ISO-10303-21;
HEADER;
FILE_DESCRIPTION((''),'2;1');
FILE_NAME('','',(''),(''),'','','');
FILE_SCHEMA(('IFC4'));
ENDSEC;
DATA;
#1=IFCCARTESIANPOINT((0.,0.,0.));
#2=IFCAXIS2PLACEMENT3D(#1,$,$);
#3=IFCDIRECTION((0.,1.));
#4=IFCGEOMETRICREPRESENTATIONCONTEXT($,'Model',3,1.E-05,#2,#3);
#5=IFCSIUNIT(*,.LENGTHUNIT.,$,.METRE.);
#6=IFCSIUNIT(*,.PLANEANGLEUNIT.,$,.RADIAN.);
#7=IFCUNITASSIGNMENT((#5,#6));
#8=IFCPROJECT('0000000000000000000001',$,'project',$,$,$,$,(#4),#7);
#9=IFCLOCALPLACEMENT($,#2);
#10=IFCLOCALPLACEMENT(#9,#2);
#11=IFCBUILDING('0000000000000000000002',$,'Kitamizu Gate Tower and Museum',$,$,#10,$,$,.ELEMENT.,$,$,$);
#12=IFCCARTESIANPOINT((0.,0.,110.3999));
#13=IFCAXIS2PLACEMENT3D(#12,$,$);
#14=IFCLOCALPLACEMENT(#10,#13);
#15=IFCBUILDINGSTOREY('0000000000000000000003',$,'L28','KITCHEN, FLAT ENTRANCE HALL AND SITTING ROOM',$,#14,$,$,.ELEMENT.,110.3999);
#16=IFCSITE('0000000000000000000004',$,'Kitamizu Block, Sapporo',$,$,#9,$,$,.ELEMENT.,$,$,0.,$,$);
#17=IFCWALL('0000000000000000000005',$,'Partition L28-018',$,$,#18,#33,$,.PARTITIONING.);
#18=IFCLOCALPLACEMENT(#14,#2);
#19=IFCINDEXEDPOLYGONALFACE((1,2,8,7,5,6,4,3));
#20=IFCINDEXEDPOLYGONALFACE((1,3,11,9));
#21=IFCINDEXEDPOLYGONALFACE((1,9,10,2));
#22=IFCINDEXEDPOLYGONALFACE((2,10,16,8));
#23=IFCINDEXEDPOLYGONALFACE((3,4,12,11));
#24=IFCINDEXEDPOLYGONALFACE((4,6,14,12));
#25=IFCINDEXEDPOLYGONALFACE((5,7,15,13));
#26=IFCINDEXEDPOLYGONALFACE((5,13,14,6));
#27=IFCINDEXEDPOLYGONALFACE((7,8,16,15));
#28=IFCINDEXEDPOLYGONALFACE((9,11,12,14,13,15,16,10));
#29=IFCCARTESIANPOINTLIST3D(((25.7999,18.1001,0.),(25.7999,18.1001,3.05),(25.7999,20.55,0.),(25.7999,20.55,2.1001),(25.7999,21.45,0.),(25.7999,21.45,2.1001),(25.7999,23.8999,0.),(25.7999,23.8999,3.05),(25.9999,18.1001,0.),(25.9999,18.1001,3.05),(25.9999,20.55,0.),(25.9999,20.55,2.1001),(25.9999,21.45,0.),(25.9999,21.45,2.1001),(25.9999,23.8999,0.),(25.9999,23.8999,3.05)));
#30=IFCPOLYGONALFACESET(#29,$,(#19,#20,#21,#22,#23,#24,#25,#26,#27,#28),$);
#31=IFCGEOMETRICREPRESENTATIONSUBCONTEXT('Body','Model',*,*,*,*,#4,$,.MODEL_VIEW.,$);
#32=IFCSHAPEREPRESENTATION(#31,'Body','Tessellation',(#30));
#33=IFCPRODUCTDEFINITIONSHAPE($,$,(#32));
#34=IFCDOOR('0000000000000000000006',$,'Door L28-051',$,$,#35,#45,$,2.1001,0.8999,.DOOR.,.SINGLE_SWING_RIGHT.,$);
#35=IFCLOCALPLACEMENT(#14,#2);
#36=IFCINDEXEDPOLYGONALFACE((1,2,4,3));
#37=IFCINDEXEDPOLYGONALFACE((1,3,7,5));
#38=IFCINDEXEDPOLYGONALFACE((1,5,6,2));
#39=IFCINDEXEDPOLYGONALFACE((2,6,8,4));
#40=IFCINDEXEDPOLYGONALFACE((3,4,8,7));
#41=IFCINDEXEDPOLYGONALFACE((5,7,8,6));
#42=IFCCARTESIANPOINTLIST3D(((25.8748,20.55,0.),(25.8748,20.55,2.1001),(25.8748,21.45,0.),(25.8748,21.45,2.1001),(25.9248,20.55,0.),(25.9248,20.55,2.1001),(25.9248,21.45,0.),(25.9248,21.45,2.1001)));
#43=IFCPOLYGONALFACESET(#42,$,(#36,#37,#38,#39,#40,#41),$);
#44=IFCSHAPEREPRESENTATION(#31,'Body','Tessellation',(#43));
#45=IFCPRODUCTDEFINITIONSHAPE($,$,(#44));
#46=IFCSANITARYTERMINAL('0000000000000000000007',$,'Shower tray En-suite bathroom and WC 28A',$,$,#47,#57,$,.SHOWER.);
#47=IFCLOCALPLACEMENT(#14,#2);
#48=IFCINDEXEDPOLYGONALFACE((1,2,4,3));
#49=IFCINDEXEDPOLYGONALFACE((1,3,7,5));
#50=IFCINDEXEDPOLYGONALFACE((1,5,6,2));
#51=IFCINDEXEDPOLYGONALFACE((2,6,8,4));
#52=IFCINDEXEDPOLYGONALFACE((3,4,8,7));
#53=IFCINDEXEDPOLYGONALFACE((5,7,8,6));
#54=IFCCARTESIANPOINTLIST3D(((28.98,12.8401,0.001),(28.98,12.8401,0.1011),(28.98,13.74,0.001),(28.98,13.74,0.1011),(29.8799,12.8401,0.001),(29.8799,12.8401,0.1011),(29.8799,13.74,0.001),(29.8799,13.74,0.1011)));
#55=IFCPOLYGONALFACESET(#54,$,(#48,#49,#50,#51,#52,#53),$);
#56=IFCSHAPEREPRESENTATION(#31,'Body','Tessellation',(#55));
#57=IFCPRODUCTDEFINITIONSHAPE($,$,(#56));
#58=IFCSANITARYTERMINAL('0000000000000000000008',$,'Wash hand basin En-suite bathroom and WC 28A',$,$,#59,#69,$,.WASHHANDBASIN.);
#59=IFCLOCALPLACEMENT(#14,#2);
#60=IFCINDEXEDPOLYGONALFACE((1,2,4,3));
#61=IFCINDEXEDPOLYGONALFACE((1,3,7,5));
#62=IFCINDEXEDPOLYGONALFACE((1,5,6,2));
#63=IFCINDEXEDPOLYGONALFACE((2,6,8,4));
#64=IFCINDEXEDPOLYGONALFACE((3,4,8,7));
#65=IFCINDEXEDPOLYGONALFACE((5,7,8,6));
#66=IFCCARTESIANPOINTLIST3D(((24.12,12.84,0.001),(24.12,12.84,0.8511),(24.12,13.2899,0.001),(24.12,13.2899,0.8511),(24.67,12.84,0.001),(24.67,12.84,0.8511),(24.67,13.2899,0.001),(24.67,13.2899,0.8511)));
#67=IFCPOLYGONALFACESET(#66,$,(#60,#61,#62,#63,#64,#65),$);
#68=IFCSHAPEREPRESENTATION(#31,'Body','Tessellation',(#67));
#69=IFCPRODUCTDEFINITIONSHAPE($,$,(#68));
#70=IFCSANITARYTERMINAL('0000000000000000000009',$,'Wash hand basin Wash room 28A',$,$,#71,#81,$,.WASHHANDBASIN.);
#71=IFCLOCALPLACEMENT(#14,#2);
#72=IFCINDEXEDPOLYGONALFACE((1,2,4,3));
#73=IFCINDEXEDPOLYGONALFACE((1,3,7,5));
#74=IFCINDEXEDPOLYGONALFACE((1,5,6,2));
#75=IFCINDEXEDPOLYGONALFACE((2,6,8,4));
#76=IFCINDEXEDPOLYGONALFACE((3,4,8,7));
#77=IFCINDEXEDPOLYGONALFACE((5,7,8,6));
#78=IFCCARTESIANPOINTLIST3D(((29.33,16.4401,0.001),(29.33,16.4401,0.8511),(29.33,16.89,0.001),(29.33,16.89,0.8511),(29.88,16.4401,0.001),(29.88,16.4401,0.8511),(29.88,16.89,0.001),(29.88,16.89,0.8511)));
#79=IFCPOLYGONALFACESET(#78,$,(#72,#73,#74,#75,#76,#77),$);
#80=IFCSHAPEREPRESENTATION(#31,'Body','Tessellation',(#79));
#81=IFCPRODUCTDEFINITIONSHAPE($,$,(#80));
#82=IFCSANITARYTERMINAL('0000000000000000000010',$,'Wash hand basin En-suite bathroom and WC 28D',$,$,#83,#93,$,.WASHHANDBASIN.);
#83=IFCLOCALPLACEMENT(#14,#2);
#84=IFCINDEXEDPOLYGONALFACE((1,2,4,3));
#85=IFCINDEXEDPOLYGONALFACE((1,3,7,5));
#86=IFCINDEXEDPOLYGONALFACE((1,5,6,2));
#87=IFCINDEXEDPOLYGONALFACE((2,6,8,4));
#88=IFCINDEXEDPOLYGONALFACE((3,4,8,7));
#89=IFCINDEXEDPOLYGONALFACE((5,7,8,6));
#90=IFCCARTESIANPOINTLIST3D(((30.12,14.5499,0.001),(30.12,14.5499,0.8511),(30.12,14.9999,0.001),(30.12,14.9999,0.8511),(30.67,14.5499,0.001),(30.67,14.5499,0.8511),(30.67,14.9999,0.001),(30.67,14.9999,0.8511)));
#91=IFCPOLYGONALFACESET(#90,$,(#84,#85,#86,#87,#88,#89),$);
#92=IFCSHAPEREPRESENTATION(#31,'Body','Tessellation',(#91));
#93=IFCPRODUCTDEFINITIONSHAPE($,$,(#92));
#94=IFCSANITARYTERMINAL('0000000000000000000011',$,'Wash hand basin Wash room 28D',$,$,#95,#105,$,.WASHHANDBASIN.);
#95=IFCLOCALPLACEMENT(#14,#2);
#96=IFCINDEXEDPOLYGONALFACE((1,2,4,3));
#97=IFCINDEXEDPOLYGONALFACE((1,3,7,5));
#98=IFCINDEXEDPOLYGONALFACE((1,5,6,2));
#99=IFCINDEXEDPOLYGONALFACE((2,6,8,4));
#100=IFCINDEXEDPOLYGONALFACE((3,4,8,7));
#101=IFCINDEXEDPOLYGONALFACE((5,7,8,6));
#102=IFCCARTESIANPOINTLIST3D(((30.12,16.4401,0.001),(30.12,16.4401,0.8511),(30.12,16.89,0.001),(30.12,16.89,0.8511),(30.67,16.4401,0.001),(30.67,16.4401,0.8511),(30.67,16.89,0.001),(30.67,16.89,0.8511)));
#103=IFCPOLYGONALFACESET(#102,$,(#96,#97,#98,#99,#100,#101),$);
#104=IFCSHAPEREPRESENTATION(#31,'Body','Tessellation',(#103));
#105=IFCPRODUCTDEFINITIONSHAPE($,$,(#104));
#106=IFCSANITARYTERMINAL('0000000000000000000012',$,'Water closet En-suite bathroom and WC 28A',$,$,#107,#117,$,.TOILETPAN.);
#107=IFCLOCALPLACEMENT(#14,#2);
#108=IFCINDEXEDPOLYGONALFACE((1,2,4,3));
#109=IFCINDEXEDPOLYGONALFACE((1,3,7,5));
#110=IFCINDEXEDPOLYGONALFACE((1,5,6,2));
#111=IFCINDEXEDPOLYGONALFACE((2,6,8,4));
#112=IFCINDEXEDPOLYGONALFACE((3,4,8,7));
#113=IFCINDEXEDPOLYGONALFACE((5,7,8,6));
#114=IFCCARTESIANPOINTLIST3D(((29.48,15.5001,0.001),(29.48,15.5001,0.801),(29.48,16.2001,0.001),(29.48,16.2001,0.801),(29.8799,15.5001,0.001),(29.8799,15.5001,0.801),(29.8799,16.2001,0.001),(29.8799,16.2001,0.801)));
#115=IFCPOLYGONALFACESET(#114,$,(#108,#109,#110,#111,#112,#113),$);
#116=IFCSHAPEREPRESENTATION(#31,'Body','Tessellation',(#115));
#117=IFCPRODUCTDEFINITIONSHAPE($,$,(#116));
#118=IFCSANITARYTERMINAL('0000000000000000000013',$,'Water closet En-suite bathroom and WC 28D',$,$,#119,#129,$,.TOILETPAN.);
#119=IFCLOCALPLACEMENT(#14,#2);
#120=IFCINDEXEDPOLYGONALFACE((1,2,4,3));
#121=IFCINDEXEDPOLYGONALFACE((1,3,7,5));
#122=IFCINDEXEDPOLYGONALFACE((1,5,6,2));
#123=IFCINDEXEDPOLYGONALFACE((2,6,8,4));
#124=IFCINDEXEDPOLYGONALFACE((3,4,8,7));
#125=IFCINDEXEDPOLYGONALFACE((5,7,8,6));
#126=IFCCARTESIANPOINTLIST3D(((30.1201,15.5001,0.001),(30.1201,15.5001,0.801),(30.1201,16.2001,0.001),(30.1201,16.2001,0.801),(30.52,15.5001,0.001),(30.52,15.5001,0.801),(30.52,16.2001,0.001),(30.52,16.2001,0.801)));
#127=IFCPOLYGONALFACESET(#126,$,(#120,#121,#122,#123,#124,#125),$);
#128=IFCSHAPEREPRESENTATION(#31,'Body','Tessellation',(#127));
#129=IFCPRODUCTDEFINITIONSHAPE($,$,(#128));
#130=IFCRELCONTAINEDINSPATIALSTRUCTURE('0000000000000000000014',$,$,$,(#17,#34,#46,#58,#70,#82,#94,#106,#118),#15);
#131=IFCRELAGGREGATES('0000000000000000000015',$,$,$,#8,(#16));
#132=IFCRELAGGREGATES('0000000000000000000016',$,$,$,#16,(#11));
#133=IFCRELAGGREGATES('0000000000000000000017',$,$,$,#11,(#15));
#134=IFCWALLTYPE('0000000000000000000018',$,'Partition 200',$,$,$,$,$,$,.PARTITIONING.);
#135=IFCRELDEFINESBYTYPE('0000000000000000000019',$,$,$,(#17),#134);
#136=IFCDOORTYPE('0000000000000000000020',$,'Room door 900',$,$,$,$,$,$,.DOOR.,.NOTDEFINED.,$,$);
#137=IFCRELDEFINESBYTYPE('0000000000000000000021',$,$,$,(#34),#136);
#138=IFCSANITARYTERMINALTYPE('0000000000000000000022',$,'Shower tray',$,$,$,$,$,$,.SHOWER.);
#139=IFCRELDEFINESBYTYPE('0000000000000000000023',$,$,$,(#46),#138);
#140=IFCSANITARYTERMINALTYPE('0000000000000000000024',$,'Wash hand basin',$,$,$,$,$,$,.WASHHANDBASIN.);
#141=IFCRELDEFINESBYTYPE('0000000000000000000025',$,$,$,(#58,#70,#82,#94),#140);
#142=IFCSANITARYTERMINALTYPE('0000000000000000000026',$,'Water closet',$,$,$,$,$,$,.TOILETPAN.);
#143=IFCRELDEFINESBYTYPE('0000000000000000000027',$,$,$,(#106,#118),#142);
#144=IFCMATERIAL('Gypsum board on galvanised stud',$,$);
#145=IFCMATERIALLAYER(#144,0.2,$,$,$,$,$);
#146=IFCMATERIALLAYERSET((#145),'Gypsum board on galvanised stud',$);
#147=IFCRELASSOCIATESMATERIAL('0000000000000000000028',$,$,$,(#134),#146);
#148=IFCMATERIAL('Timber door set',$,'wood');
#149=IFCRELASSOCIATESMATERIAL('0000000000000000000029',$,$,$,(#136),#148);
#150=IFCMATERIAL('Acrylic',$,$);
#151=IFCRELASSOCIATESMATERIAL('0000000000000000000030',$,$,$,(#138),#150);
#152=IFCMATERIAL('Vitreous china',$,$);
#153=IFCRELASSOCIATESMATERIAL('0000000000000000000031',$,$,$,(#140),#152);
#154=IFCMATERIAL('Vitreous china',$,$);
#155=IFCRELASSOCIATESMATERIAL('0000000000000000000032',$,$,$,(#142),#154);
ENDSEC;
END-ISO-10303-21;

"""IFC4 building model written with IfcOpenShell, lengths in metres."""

from ifc_helpers import new_model, si_unit, direction, frame, frame_2d, origin, origin_2d, place, context, subcontext, project, spatial, rectangle, extrude, material, layer, layer_set, type_object, element, fill, save


model = new_model("IFC4")

# Units and contexts
model_context = context("Model", 3, precision=1e-05, world=origin(), true_north=direction((0.0, 1.0)))
body_context = subcontext(model_context, "Body", "Model", "MODEL_VIEW")
ifc_project = project(units=[si_unit("LENGTHUNIT", "METRE"), si_unit("PLANEANGLEUNIT", "RADIAN")], contexts=[model_context])

# Site, building, storey
site_placement = place(None, origin())
site = spatial("IfcSite", under=ifc_project, at=site_placement, Name="Kitamizu Block, Sapporo", CompositionType="ELEMENT", RefElevation=0.0)
building_placement = place(site_placement, origin())
building = spatial("IfcBuilding", under=site, at=building_placement, Name="Kitamizu Gate Tower and Museum", CompositionType="ELEMENT")
storey_placement = place(building_placement, frame((0.0, 0.0, 110.3999)))
storey = spatial("IfcBuildingStorey", under=building, at=storey_placement, Name="L28", Description="KITCHEN, FLAT ENTRANCE HALL AND SITTING ROOM", CompositionType="ELEMENT", Elevation=110.3999)

# Shared definitions
ifc_material_1 = material(Name="Gypsum board on galvanised stud")
ifc_layer_1 = layer(ifc_material_1, 0.2)
ifc_layer_set_1 = layer_set([ifc_layer_1], Name="Gypsum board on galvanised stud")
wall_type_1 = type_object("IfcWallType", Name="Partition 200", PredefinedType="PARTITIONING", material=ifc_layer_set_1)

# Wall, opening, door
wall_1_placement = place(storey_placement, frame((25.8999, 23.8999, 0.0), z_axis=(0.0, 0.0, 1.0), x_axis=(0.0, -1.0, 0.0)))
wall_1 = element("IfcWall", 1, at=wall_1_placement, inside=storey, type_object=wall_type_1, Name="Partition L28-018", PredefinedType="PARTITIONING", context=body_context, shape_type="SweptSolid", body=[
    extrude(rectangle(XDim=5.7998, YDim=0.2, at=frame_2d((2.8999, 0.0))), origin(), (0.0, 0.0, 1.0), 3.05),
])
opening_placement = place(wall_1_placement, frame((2.45, 0.0, 0.0)))
opening = element("IfcOpeningElement", 2, at=opening_placement, cuts=wall_1, PredefinedType="OPENING", context=body_context, shape_type="SweptSolid", body=[
    extrude(rectangle(XDim=0.8999, YDim=2.1001, at=frame_2d((0.45, 1.05))), frame((0.0, 0.1099, 0.0), z_axis=(0.0, -1.0, 0.0), x_axis=(1.0, 0.0, 0.0)), (0.0, 0.0, 1.0), 0.22),
])
ifc_material_2 = material(Name="Timber door set", Category="wood")
door_type = type_object("IfcDoorType", Name="Room door 900", OperationType="NOTDEFINED", PredefinedType="DOOR", material=ifc_material_2)
door_placement = place(opening_placement, origin())
door = element("IfcDoor", 3, at=door_placement, inside=storey, type_object=door_type, Name="Door L28-051", OperationType="SINGLE_SWING_RIGHT", OverallHeight=2.1001, OverallWidth=0.8999, PredefinedType="DOOR", context=body_context, shape_type="SweptSolid", body=[
    extrude(rectangle(XDim=0.8999, YDim=2.1001, at=frame_2d((0.45, 1.05))), frame((0.0, 0.0249, 0.0), z_axis=(0.0, -1.0, 0.0), x_axis=(1.0, 0.0, 0.0)), (0.0, 0.0, 1.0), 0.05),
])
fill(opening, door)

# Sanitary terminals
ifc_material_3 = material(Name="Acrylic")
sanitary_terminal_type_1 = type_object("IfcSanitaryTerminalType", Name="Shower tray", PredefinedType="SHOWER", material=ifc_material_3)
sanitary_terminal_placement = place(storey_placement, frame((29.4299, 13.29, 0.001), z_axis=(0.0, 0.0, 1.0), x_axis=(1.0, 0.0, 0.0)))
element("IfcSanitaryTerminal", 4, at=sanitary_terminal_placement, inside=storey, type_object=sanitary_terminal_type_1, Name="Shower tray En-suite bathroom and WC 28A", PredefinedType="SHOWER", context=body_context, shape_type="SweptSolid", body=[
    extrude(rectangle(XDim=0.8999, YDim=0.8999, at=origin_2d()), origin(), (0.0, 0.0, 1.0), 0.1001),
])
ifc_material_4 = material(Name="Vitreous china")
sanitary_terminal_type_2 = type_object("IfcSanitaryTerminalType", Name="Wash hand basin", PredefinedType="WASHHANDBASIN", material=ifc_material_4)
for number, where, z_axis, x_axis, name in (
    (5, (24.395, 13.0649, 0.001), (0.0, 0.0, 1.0), (1.0, 0.0, 0.0), "Wash hand basin En-suite bathroom and WC 28A"),
    (6, (29.605, 16.665, 0.001), (0.0, 0.0, 1.0), (1.0, 0.0, 0.0), "Wash hand basin Wash room 28A"),
    (7, (30.395, 14.7749, 0.001), (0.0, 0.0, 1.0), (1.0, 0.0, 0.0), "Wash hand basin En-suite bathroom and WC 28D"),
    (8, (30.395, 16.665, 0.001), (0.0, 0.0, 1.0), (1.0, 0.0, 0.0), "Wash hand basin Wash room 28D"),
):
    element("IfcSanitaryTerminal", number, at=place(storey_placement, frame(where, z_axis=z_axis, x_axis=x_axis)), inside=storey, type_object=sanitary_terminal_type_2, Name=name, PredefinedType="WASHHANDBASIN", context=body_context, shape_type="SweptSolid", body=[
        extrude(rectangle(XDim=0.55, YDim=0.45, at=origin_2d()), origin(), (0.0, 0.0, 1.0), 0.8501),
    ])
ifc_material_5 = material(Name="Vitreous china")
sanitary_terminal_type_3 = type_object("IfcSanitaryTerminalType", Name="Water closet", PredefinedType="TOILETPAN", material=ifc_material_5)
for number, where, z_axis, x_axis, name in (
    (9, (29.6799, 15.8501, 0.001), (0.0, 0.0, 1.0), (1.0, 0.0, 0.0), "Water closet En-suite bathroom and WC 28A"),
    (10, (30.3201, 15.8501, 0.001), (0.0, 0.0, 1.0), (1.0, 0.0, 0.0), "Water closet En-suite bathroom and WC 28D"),
):
    element("IfcSanitaryTerminal", number, at=place(storey_placement, frame(where, z_axis=z_axis, x_axis=x_axis)), inside=storey, type_object=sanitary_terminal_type_3, Name=name, PredefinedType="TOILETPAN", context=body_context, shape_type="SweptSolid", body=[
        extrude(rectangle(XDim=0.3999, YDim=0.7, at=origin_2d()), origin(), (0.0, 0.0, 1.0), 0.8),
    ])

save(model, "model.ifc")
